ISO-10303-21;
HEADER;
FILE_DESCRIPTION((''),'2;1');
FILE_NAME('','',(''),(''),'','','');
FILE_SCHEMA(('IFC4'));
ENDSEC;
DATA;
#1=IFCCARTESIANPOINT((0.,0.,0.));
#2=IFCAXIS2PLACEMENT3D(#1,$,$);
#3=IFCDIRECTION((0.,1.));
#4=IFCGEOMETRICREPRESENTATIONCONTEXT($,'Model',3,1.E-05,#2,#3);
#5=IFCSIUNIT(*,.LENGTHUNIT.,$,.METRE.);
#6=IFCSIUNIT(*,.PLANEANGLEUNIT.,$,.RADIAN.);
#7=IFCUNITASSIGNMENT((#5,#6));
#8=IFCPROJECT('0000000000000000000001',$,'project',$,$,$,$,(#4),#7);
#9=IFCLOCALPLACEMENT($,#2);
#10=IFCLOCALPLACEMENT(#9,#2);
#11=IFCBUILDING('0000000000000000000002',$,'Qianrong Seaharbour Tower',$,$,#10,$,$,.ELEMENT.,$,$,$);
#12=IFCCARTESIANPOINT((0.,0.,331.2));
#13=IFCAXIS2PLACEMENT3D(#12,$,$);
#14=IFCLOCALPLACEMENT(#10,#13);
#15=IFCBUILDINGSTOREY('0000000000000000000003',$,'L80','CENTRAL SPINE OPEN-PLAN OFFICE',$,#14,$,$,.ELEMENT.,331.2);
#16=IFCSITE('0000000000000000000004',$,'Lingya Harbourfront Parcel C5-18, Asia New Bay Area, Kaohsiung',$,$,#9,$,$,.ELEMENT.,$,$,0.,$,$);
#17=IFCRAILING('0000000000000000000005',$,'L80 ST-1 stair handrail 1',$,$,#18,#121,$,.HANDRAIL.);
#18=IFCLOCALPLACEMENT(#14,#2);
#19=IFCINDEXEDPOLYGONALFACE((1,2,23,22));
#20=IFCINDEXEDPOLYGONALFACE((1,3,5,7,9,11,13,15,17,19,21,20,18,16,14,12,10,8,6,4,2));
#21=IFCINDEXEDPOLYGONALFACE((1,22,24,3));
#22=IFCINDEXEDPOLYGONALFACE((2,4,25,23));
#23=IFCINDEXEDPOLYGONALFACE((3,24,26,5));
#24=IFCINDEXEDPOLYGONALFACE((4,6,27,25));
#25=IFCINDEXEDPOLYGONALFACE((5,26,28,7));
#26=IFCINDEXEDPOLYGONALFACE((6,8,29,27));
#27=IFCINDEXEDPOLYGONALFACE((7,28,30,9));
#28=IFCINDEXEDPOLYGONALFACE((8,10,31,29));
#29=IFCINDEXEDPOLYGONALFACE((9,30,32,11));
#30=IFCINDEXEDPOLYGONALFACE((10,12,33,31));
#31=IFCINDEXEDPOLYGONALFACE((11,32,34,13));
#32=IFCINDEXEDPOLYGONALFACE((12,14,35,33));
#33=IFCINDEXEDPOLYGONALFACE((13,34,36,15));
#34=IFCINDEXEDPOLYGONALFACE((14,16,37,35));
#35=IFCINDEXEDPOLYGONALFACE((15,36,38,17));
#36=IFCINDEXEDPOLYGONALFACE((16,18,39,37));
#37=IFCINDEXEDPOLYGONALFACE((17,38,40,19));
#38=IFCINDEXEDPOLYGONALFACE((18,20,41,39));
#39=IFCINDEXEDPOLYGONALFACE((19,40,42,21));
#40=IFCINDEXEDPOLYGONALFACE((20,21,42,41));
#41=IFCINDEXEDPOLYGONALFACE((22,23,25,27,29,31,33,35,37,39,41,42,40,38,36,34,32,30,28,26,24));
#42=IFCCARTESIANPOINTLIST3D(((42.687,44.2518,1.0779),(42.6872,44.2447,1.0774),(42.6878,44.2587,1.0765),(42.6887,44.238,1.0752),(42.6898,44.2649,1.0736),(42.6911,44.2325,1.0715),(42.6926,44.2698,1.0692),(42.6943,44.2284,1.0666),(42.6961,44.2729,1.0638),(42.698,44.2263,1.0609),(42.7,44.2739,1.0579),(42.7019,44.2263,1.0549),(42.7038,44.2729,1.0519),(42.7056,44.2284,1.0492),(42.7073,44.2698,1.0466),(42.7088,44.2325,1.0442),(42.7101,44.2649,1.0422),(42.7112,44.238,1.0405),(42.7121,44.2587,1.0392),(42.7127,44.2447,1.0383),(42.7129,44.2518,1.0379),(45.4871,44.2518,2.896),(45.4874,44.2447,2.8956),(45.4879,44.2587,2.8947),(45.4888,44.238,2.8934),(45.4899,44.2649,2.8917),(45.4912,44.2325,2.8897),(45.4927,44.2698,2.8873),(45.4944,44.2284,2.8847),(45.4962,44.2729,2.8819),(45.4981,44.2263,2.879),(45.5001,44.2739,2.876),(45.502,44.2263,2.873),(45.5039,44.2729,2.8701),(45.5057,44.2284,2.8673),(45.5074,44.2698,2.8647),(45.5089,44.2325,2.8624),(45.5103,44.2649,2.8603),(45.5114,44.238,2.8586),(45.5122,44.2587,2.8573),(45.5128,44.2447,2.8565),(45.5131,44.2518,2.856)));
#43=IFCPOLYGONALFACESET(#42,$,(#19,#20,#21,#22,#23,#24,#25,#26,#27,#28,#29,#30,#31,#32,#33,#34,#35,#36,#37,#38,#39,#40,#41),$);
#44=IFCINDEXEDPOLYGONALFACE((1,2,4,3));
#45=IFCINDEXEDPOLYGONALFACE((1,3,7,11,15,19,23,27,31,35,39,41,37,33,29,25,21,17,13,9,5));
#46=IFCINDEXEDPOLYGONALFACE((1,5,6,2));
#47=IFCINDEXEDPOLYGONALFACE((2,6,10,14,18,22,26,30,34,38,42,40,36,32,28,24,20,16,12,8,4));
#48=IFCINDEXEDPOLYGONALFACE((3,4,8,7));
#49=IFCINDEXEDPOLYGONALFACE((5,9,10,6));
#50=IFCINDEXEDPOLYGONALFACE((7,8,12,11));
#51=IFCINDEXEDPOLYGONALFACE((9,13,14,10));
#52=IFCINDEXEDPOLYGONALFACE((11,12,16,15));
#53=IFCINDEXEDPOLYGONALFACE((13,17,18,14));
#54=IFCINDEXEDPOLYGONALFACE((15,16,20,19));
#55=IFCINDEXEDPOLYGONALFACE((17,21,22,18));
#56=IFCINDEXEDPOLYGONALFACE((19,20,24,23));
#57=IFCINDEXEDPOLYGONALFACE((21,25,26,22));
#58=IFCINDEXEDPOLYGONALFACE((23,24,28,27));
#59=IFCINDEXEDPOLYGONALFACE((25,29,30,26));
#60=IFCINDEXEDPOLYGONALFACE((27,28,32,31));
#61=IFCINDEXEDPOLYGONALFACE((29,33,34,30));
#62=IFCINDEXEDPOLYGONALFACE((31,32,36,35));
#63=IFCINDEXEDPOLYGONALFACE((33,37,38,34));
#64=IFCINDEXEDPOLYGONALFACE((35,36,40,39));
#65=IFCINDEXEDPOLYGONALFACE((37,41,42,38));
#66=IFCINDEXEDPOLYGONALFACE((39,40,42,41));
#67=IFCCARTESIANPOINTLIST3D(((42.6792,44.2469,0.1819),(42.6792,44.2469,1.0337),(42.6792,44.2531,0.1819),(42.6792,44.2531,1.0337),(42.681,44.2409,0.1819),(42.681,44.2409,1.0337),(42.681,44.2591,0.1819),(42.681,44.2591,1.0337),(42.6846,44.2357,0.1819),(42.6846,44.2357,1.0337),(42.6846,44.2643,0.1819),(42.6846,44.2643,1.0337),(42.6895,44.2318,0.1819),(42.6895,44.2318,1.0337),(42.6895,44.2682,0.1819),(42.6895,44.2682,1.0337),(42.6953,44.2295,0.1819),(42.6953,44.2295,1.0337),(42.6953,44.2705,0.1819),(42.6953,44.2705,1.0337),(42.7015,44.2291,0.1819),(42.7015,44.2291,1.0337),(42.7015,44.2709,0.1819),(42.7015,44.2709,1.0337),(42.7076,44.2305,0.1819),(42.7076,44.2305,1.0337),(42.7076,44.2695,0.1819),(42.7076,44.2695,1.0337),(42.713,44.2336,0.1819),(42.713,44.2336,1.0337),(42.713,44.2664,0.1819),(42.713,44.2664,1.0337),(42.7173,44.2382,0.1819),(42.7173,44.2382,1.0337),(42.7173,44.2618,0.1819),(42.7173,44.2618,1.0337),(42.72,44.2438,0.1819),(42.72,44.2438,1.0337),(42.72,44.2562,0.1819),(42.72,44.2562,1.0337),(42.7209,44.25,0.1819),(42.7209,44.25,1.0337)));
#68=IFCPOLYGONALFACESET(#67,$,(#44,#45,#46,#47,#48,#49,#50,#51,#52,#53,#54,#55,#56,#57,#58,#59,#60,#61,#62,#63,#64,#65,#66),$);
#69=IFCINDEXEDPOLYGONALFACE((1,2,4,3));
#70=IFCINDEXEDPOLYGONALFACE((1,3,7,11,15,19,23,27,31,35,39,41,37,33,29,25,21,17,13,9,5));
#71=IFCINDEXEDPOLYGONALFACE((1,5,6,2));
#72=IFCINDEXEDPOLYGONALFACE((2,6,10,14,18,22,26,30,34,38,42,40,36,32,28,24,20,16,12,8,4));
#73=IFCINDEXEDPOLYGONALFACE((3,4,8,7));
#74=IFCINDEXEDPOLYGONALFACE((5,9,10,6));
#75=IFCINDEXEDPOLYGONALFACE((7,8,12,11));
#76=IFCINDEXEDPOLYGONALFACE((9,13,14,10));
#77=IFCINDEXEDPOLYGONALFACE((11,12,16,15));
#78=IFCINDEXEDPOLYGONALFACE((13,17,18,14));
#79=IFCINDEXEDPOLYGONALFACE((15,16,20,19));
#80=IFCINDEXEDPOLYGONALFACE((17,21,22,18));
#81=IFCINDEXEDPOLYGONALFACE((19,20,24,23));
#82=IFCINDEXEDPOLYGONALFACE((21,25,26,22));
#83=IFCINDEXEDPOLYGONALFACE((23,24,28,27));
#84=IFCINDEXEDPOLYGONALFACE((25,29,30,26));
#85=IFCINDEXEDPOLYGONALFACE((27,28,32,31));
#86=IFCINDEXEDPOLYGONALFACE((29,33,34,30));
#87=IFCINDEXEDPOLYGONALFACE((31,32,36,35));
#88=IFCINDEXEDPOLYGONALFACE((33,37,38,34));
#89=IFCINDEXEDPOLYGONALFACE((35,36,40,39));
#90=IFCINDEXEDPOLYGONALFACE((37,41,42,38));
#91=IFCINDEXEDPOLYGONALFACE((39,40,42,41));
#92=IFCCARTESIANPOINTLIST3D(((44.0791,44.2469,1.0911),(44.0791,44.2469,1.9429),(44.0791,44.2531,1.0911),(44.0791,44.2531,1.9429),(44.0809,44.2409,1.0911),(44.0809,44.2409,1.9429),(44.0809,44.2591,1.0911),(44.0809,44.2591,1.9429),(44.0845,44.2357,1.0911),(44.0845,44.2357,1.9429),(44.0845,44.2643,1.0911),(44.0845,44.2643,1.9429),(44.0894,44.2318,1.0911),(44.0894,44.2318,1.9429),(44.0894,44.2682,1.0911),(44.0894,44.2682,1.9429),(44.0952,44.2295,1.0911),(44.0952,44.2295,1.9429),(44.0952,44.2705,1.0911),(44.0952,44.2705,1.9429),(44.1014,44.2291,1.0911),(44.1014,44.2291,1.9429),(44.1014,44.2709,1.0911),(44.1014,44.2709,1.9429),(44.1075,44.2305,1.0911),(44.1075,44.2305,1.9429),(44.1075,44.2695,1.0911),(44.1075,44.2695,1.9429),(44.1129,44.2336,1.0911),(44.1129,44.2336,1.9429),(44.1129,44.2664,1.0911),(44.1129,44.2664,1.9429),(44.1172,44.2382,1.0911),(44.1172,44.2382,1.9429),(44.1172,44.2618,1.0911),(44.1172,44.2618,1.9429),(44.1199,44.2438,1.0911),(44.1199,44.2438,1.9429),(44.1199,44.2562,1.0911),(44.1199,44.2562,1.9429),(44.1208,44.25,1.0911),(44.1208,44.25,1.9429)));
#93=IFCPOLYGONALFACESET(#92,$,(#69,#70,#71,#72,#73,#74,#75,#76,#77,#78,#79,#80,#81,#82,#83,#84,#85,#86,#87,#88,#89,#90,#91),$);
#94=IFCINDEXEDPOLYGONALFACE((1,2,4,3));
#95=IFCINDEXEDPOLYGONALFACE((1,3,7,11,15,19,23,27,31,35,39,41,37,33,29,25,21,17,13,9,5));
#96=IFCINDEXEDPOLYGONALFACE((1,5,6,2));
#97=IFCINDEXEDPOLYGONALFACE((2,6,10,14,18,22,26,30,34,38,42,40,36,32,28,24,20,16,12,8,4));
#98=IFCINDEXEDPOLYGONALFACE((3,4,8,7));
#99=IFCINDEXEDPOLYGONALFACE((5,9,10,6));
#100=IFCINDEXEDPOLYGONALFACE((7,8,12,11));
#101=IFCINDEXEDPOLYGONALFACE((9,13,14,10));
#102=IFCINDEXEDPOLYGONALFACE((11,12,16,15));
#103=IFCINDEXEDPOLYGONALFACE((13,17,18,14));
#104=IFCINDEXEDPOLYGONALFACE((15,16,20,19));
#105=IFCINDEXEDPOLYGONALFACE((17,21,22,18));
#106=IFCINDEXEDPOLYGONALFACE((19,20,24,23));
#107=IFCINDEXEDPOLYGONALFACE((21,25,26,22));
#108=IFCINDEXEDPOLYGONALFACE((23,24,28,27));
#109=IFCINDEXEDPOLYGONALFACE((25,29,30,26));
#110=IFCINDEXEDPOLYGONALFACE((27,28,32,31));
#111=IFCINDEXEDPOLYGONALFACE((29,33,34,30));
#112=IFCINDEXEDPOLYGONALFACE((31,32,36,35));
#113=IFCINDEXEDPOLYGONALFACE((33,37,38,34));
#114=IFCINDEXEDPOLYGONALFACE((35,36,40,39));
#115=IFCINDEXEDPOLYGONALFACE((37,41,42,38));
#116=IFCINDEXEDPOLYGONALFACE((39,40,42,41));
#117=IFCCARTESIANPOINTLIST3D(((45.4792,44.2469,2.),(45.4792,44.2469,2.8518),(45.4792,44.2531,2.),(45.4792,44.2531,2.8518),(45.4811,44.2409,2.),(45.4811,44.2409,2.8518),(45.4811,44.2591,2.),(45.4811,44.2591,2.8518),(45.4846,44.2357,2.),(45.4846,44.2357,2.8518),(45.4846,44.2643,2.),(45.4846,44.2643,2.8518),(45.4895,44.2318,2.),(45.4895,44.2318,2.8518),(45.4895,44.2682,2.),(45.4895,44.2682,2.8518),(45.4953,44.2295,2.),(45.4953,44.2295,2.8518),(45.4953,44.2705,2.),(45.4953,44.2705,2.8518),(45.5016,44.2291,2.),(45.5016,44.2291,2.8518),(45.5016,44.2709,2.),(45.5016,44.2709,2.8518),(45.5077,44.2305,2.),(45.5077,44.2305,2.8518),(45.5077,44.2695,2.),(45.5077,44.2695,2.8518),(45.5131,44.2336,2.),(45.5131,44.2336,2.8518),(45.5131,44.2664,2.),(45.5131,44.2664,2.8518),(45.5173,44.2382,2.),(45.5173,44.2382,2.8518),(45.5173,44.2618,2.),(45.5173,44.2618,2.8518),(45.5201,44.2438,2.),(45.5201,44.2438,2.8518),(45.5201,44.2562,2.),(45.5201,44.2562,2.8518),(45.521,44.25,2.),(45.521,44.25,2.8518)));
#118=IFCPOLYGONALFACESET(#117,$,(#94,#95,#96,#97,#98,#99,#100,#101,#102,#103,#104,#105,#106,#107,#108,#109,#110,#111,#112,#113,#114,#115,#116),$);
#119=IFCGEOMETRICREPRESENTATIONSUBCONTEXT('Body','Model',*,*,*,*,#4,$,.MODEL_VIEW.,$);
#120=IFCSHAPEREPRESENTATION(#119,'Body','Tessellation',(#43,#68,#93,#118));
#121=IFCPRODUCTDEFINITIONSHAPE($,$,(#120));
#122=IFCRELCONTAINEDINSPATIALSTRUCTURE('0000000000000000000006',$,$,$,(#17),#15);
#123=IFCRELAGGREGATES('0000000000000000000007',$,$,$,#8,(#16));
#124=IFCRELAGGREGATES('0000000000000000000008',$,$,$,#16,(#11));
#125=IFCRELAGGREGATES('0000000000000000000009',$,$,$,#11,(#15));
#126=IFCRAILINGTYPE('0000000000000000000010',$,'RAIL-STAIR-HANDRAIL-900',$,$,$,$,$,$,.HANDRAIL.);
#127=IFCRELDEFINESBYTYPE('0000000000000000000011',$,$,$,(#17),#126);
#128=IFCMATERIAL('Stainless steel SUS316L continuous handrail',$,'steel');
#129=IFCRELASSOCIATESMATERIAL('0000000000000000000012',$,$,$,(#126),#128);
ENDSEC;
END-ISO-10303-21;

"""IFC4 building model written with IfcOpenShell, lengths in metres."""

from ifc_helpers import new_model, si_unit, direction, frame, origin, origin_2d, place, context, subcontext, project, spatial, circle, extrude, material, type_object, element, save


model = new_model("IFC4")

# Units and contexts
model_context = context("Model", 3, precision=1e-05, world=origin(), true_north=direction((0.0, 1.0)))
body_context = subcontext(model_context, "Body", "Model", "MODEL_VIEW")
ifc_project = project(units=[si_unit("LENGTHUNIT", "METRE"), si_unit("PLANEANGLEUNIT", "RADIAN")], contexts=[model_context])

# Site, building, storey
site_placement = place(None, origin())
site = spatial("IfcSite", under=ifc_project, at=site_placement, Name="Lingya Harbourfront Parcel C5-18, Asia New Bay Area, Kaohsiung", CompositionType="ELEMENT", RefElevation=0.0)
building_placement = place(site_placement, origin())
building = spatial("IfcBuilding", under=site, at=building_placement, Name="Qianrong Seaharbour Tower", CompositionType="ELEMENT")
storey_placement = place(building_placement, frame((0.0, 0.0, 331.2)))
storey = spatial("IfcBuildingStorey", under=building, at=storey_placement, Name="L80", Description="CENTRAL SPINE OPEN-PLAN OFFICE", CompositionType="ELEMENT", Elevation=331.2)

# Railing
ifc_material_1 = material(Name="Stainless steel SUS316L continuous handrail", Category="steel")
railing_type_1 = type_object("IfcRailingType", Name="RAIL-STAIR-HANDRAIL-900", PredefinedType="HANDRAIL", material=ifc_material_1)
railing_1_placement = place(storey_placement, frame((42.7, 44.25, 0.1819)))
element("IfcRailing", 1, at=railing_1_placement, inside=storey, type_object=railing_type_1, Name="L80 ST-1 stair handrail 1", PredefinedType="HANDRAIL", context=body_context, shape_type="SweptSolid", body=[
    extrude(circle(Radius=0.0239, at=origin_2d()), frame((0.0, 0.0, 0.876), z_axis=(0.838706, 0.0, 0.544585), x_axis=(0.0, 1.0, 0.0)), (0.0, 0.0, 1.0), 3.3386),
    extrude(circle(Radius=0.021, at=origin_2d()), origin(), (0.0, 0.0, 1.0), 0.8518),
    extrude(circle(Radius=0.021, at=origin_2d()), frame((1.3999, 0.0, 0.9092)), (0.0, 0.0, 1.0), 0.8518),
    extrude(circle(Radius=0.021, at=origin_2d()), frame((2.8, 0.0, 1.8181)), (0.0, 0.0, 1.0), 0.8518),
])

save(model, "model.ifc")
